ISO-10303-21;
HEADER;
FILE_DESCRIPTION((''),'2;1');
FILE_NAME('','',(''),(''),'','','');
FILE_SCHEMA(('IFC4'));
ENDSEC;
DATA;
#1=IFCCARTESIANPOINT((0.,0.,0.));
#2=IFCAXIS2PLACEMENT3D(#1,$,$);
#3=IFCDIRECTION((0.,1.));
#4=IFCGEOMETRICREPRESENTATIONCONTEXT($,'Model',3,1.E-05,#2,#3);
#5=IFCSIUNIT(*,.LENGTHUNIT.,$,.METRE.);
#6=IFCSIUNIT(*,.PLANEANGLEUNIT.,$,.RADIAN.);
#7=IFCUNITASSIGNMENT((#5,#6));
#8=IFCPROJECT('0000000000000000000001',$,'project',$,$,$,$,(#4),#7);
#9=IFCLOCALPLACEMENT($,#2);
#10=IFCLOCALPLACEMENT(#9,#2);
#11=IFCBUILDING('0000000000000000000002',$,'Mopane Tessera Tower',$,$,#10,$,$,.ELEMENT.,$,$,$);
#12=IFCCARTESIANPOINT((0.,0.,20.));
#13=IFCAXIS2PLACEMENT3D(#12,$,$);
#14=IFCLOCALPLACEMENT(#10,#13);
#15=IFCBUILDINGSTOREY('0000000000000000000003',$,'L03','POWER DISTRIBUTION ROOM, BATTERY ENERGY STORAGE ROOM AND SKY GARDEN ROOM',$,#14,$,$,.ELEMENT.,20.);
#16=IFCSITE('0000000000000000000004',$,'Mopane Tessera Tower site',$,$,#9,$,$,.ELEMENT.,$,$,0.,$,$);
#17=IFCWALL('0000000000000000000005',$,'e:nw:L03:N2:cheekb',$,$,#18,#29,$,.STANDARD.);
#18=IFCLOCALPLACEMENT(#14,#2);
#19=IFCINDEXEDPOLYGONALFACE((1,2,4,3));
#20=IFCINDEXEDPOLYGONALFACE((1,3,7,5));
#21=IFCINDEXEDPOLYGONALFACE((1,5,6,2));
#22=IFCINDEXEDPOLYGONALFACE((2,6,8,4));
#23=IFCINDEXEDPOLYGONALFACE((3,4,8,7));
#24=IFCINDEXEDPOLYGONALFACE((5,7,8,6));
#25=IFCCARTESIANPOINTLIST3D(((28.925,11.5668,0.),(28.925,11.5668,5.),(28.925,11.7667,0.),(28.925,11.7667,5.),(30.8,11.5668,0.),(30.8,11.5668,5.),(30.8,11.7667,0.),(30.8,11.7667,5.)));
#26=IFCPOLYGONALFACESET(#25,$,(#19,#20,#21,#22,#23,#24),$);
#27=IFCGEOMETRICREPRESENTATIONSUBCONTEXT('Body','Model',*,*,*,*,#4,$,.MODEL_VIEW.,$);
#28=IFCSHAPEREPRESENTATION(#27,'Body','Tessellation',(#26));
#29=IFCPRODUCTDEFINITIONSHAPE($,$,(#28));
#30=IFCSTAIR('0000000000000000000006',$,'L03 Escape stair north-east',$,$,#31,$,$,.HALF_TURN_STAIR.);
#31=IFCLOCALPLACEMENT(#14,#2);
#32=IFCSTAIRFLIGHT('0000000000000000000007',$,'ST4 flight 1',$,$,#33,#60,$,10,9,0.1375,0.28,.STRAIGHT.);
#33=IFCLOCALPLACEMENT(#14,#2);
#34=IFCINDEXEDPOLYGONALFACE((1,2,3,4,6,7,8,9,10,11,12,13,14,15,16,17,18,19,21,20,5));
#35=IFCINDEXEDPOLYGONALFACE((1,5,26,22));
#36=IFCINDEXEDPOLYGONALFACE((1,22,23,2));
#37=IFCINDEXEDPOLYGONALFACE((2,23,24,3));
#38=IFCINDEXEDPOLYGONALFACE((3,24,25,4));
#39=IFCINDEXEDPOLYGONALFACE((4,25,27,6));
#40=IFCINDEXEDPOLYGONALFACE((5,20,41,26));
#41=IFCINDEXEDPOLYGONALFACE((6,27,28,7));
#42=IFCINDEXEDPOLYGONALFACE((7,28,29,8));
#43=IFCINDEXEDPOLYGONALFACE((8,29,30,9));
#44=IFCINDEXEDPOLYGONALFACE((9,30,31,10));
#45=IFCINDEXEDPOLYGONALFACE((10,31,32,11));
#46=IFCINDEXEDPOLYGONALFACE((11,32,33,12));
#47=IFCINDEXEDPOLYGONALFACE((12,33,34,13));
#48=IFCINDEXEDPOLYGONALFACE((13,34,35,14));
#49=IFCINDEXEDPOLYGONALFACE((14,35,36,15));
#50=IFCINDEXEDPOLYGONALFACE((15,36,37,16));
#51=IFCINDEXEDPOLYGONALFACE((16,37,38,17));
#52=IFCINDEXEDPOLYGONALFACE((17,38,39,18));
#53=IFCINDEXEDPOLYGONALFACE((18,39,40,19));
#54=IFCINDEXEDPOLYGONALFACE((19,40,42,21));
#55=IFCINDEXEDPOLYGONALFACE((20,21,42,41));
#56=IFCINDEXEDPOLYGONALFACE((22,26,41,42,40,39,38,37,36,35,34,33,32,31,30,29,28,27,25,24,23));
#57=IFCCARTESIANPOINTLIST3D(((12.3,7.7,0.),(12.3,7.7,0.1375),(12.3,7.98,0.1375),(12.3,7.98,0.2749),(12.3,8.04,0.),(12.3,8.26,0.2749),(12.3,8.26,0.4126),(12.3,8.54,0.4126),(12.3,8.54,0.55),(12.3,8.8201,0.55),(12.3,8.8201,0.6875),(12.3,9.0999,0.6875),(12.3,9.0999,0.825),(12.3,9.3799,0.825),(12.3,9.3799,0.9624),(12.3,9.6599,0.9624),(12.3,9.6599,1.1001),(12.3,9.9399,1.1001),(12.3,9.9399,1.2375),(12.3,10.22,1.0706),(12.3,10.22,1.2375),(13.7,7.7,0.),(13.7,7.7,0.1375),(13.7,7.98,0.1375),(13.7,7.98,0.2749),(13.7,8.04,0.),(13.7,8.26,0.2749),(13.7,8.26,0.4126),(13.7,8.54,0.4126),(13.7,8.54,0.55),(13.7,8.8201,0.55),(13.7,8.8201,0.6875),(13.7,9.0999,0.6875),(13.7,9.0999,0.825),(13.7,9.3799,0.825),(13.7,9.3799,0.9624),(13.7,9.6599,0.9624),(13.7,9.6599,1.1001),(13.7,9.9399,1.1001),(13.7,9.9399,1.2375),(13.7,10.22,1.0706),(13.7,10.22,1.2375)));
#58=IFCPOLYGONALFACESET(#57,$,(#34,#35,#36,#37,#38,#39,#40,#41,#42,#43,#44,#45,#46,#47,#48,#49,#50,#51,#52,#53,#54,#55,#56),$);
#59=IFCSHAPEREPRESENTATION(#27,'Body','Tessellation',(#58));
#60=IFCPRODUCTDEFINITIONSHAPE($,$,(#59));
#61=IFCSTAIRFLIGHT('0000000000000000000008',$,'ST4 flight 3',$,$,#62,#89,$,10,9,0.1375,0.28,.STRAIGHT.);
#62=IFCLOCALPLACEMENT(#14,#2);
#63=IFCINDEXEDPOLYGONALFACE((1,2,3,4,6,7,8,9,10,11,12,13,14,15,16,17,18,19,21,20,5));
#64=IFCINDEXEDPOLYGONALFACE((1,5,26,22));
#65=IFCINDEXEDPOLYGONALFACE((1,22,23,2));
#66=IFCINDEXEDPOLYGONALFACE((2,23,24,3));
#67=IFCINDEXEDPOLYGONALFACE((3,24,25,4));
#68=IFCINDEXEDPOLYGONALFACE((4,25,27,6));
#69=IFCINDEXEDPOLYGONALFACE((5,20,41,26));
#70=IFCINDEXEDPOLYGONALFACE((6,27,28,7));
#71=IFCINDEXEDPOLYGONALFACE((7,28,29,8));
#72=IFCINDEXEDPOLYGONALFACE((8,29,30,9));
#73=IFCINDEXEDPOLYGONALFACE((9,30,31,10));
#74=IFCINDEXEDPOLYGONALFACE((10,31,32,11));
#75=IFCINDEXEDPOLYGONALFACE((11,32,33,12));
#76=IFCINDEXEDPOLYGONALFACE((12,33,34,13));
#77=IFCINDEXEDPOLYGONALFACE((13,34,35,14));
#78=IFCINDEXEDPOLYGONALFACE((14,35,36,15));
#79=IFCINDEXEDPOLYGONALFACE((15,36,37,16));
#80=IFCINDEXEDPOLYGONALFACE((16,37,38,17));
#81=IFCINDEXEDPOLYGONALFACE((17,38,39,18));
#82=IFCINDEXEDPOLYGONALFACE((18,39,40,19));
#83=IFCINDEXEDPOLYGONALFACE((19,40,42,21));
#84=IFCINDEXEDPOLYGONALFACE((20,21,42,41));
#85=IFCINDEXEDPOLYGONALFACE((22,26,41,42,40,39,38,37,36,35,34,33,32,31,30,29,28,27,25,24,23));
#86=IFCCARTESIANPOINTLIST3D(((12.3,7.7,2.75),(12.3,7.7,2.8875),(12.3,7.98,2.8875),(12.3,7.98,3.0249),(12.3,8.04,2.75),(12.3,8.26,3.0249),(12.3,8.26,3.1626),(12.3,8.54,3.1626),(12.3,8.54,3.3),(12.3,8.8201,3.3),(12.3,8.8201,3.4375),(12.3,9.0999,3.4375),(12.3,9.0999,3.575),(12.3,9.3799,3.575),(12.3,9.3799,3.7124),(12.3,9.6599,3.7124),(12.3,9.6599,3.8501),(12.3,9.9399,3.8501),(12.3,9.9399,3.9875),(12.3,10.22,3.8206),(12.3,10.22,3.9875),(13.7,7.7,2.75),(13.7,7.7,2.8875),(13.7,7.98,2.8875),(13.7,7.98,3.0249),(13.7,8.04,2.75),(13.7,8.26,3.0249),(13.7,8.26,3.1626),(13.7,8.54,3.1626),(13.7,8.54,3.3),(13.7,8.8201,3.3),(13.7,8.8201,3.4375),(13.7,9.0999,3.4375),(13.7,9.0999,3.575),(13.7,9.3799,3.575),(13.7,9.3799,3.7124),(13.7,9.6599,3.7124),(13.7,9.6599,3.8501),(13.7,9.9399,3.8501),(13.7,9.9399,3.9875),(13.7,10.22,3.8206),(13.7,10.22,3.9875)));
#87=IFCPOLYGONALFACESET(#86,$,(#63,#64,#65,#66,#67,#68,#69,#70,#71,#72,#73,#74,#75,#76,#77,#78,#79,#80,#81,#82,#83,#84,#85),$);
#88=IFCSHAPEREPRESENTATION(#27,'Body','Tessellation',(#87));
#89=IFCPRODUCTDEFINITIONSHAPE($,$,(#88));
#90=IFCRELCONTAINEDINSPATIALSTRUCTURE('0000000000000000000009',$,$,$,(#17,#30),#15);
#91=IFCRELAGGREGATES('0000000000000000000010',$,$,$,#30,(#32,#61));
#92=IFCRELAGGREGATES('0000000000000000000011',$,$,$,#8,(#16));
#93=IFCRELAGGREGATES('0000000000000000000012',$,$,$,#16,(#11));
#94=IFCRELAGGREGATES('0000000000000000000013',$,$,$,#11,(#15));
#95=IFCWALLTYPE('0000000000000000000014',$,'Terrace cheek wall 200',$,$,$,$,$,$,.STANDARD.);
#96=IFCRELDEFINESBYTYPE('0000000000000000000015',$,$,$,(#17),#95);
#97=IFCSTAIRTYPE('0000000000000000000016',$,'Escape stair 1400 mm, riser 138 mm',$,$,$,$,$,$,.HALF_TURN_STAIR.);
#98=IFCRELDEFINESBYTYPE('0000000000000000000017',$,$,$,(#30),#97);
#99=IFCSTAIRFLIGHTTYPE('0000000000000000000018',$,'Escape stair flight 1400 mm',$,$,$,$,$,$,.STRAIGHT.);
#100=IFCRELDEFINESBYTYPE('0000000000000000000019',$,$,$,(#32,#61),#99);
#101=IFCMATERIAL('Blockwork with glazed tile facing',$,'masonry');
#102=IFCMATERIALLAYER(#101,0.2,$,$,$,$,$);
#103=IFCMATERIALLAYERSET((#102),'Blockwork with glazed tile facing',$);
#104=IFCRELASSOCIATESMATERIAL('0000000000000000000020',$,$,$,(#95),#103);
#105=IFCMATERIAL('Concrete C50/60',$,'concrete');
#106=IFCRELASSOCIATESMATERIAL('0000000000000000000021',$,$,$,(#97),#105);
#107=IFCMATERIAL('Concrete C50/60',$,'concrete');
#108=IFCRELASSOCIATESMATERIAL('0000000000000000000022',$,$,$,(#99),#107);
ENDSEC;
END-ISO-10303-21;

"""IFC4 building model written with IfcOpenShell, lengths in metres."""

from ifc_helpers import new_model, si_unit, direction, frame, frame_2d, origin, place, context, subcontext, project, spatial, polyline, rectangle, outline, extrude, material, layer, layer_set, type_object, element, aggregate, save


model = new_model("IFC4")

# Units and contexts
model_context = context("Model", 3, precision=1e-05, world=origin(), true_north=direction((0.0, 1.0)))
body_context = subcontext(model_context, "Body", "Model", "MODEL_VIEW")
ifc_project = project(units=[si_unit("LENGTHUNIT", "METRE"), si_unit("PLANEANGLEUNIT", "RADIAN")], contexts=[model_context])

# Site, building, storey
site_placement = place(None, origin())
site = spatial("IfcSite", under=ifc_project, at=site_placement, Name="Mopane Tessera Tower site", CompositionType="ELEMENT", RefElevation=0.0)
building_placement = place(site_placement, origin())
building = spatial("IfcBuilding", under=site, at=building_placement, Name="Mopane Tessera Tower", CompositionType="ELEMENT")
storey_placement = place(building_placement, frame((0.0, 0.0, 20.0)))
storey = spatial("IfcBuildingStorey", under=building, at=storey_placement, Name="L03", Description="POWER DISTRIBUTION ROOM, BATTERY ENERGY STORAGE ROOM AND SKY GARDEN ROOM", CompositionType="ELEMENT", Elevation=20.0)

# Wall
ifc_material_1 = material(Name="Blockwork with glazed tile facing", Category="masonry")
ifc_layer_1 = layer(ifc_material_1, 0.2)
ifc_layer_set_1 = layer_set([ifc_layer_1], Name="Blockwork with glazed tile facing")
wall_type_1 = type_object("IfcWallType", Name="Terrace cheek wall 200", PredefinedType="STANDARD", material=ifc_layer_set_1)
wall_1_placement = place(storey_placement, frame((30.8, 11.6667, 0.0), z_axis=(0.0, 0.0, 1.0), x_axis=(-1.0, 0.0, 0.0)))
element("IfcWall", 1, at=wall_1_placement, inside=storey, type_object=wall_type_1, Name="e:nw:L03:N2:cheekb", PredefinedType="STANDARD", context=body_context, shape_type="SweptSolid", body=[
    extrude(rectangle(XDim=1.875, YDim=0.2, at=frame_2d((0.9375, 0.0))), origin(), (0.0, 0.0, 1.0), 5.0),
])

# Stair, stair flights
ifc_material_2 = material(Name="Concrete C50/60", Category="concrete")
stair_type = type_object("IfcStairType", Name="Escape stair 1400 mm, riser 138 mm", PredefinedType="HALF_TURN_STAIR", material=ifc_material_2)
stair_placement = place(storey_placement, origin())
stair = element("IfcStair", 2, at=stair_placement, inside=storey, type_object=stair_type, Name="L03 Escape stair north-east", PredefinedType="HALF_TURN_STAIR")
ifc_material_3 = material(Name="Concrete C50/60", Category="concrete")
stair_flight_type = type_object("IfcStairFlightType", Name="Escape stair flight 1400 mm", PredefinedType="STRAIGHT", material=ifc_material_3)
stair_flight_1_placement = place(storey_placement, frame((13.0, 7.7, 0.0), z_axis=(0.0, 0.0, 1.0), x_axis=(0.0, 1.0, 0.0)))
stair_flight_1 = element("IfcStairFlight", 3, at=stair_flight_1_placement, type_object=stair_flight_type, Name="ST4 flight 1", NumberOfRisers=10, NumberOfTreads=9, PredefinedType="STRAIGHT", RiserHeight=0.1375, TreadLength=0.28, context=body_context, shape_type="SweptSolid", body=[
    extrude(outline(polyline([(0.0, 0.0), (0.0, 0.1375), (0.28, 0.1375), (0.28, 0.2749), (0.5601, 0.2749), (0.5601, 0.4126), (0.8401, 0.4126), (0.8401, 0.55), (1.1201, 0.55), (1.1201, 0.6875), (1.3999, 0.6875), (1.3999, 0.825), (1.6799, 0.825), (1.6799, 0.9624), (1.96, 0.9624), (1.96, 1.1001), (2.24, 1.1001), (2.24, 1.2375), (2.52, 1.2375), (2.52, 1.375), (2.52, 1.0706), (0.3401, 0.0), (0.0, 0.0)])), frame((0.0, 0.7, 0.0), z_axis=(0.0, -1.0, 0.0), x_axis=(1.0, 0.0, 0.0)), (0.0, 0.0, 1.0), 1.3999),
])
stair_flight_2_placement = place(storey_placement, frame((13.0, 7.7, 2.75), z_axis=(0.0, 0.0, 1.0), x_axis=(0.0, 1.0, 0.0)))
stair_flight_2 = element("IfcStairFlight", 4, at=stair_flight_2_placement, type_object=stair_flight_type, Name="ST4 flight 3", NumberOfRisers=10, NumberOfTreads=9, PredefinedType="STRAIGHT", RiserHeight=0.1375, TreadLength=0.28, context=body_context, shape_type="SweptSolid", body=[
    extrude(outline(polyline([(0.0, 0.0), (0.0, 0.1375), (0.28, 0.1375), (0.28, 0.2749), (0.5601, 0.2749), (0.5601, 0.4126), (0.8401, 0.4126), (0.8401, 0.55), (1.1201, 0.55), (1.1201, 0.6875), (1.3999, 0.6875), (1.3999, 0.825), (1.6799, 0.825), (1.6799, 0.9624), (1.96, 0.9624), (1.96, 1.1001), (2.24, 1.1001), (2.24, 1.2375), (2.52, 1.2375), (2.52, 1.375), (2.52, 1.0706), (0.3401, 0.0), (0.0, 0.0)])), frame((0.0, 0.7, 0.0), z_axis=(0.0, -1.0, 0.0), x_axis=(1.0, 0.0, 0.0)), (0.0, 0.0, 1.0), 1.3999),
])
aggregate(stair, [stair_flight_1, stair_flight_2])

save(model, "model.ifc")
